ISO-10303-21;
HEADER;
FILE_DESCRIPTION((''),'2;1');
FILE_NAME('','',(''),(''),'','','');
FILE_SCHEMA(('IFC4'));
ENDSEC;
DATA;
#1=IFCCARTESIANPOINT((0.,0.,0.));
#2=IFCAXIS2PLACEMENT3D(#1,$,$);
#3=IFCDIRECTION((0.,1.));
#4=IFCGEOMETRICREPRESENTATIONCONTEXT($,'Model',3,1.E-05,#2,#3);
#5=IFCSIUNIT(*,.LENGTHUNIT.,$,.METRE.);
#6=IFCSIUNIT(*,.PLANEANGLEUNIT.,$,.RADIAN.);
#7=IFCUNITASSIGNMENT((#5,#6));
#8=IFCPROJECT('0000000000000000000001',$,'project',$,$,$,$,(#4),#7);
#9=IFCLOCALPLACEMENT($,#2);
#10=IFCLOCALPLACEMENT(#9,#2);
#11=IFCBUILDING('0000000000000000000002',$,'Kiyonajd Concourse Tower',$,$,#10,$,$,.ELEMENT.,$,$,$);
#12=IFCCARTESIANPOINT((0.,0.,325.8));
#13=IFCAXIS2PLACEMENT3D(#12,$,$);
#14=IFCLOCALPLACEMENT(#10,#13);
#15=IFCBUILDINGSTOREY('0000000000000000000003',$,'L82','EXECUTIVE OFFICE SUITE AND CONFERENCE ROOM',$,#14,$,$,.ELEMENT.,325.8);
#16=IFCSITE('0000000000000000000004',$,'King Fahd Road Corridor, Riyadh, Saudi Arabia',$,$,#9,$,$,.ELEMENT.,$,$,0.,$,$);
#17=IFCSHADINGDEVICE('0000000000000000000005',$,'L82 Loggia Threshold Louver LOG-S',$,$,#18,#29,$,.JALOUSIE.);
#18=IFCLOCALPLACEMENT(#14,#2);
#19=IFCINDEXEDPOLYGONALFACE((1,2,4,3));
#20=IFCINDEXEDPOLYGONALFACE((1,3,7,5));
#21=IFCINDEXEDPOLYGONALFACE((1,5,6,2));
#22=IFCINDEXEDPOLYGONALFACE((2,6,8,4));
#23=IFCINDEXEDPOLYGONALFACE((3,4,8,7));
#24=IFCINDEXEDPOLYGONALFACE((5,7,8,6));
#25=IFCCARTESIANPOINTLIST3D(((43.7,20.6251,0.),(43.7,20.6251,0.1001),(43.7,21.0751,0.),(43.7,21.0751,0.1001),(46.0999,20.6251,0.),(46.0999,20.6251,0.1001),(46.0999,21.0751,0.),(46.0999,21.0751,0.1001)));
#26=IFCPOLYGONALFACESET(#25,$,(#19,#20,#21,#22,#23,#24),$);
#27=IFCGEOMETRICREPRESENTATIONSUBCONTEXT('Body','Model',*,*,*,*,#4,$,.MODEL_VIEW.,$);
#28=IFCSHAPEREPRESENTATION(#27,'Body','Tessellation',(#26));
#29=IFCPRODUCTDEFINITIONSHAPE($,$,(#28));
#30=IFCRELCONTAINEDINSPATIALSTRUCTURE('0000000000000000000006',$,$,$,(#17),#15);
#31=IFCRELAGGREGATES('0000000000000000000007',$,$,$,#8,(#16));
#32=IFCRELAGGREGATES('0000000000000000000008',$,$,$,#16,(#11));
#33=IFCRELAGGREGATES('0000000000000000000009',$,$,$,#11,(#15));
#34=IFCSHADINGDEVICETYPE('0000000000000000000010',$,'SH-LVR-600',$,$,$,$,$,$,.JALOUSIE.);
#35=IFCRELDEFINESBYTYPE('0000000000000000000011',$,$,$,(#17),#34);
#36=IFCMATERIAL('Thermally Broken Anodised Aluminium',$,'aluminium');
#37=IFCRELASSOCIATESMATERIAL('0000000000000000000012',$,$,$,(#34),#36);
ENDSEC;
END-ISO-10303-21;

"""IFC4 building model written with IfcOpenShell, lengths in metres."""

from ifc_helpers import new_model, si_unit, direction, frame, origin, origin_2d, place, context, subcontext, project, spatial, rectangle, extrude, material, type_object, element, save


model = new_model("IFC4")

# Units and contexts
model_context = context("Model", 3, precision=1e-05, world=origin(), true_north=direction((0.0, 1.0)))
body_context = subcontext(model_context, "Body", "Model", "MODEL_VIEW")
ifc_project = project(units=[si_unit("LENGTHUNIT", "METRE"), si_unit("PLANEANGLEUNIT", "RADIAN")], contexts=[model_context])

# Site, building, storey
site_placement = place(None, origin())
site = spatial("IfcSite", under=ifc_project, at=site_placement, Name="King Fahd Road Corridor, Riyadh, Saudi Arabia", CompositionType="ELEMENT", RefElevation=0.0)
building_placement = place(site_placement, origin())
building = spatial("IfcBuilding", under=site, at=building_placement, Name="Kiyonajd Concourse Tower", CompositionType="ELEMENT")
storey_placement = place(building_placement, frame((0.0, 0.0, 325.8)))
storey = spatial("IfcBuildingStorey", under=building, at=storey_placement, Name="L82", Description="EXECUTIVE OFFICE SUITE AND CONFERENCE ROOM", CompositionType="ELEMENT", Elevation=325.8)

# Shared definitions
ifc_material_1 = material(Name="Thermally Broken Anodised Aluminium", Category="aluminium")

# Shading device
shading_device_type_1 = type_object("IfcShadingDeviceType", Name="SH-LVR-600", PredefinedType="JALOUSIE", material=ifc_material_1)
shading_device_1_placement = place(storey_placement, frame((44.8999, 20.8501, 0.0), z_axis=(0.0, 0.0, 1.0), x_axis=(1.0, 0.0, 0.0)))
element("IfcShadingDevice", 1, at=shading_device_1_placement, inside=storey, type_object=shading_device_type_1, Name="L82 Loggia Threshold Louver LOG-S", PredefinedType="JALOUSIE", context=body_context, shape_type="SweptSolid", body=[
    extrude(rectangle(XDim=2.3999, YDim=0.45, at=origin_2d()), origin(), (0.0, 0.0, 1.0), 0.1001),
])

save(model, "model.ifc")
